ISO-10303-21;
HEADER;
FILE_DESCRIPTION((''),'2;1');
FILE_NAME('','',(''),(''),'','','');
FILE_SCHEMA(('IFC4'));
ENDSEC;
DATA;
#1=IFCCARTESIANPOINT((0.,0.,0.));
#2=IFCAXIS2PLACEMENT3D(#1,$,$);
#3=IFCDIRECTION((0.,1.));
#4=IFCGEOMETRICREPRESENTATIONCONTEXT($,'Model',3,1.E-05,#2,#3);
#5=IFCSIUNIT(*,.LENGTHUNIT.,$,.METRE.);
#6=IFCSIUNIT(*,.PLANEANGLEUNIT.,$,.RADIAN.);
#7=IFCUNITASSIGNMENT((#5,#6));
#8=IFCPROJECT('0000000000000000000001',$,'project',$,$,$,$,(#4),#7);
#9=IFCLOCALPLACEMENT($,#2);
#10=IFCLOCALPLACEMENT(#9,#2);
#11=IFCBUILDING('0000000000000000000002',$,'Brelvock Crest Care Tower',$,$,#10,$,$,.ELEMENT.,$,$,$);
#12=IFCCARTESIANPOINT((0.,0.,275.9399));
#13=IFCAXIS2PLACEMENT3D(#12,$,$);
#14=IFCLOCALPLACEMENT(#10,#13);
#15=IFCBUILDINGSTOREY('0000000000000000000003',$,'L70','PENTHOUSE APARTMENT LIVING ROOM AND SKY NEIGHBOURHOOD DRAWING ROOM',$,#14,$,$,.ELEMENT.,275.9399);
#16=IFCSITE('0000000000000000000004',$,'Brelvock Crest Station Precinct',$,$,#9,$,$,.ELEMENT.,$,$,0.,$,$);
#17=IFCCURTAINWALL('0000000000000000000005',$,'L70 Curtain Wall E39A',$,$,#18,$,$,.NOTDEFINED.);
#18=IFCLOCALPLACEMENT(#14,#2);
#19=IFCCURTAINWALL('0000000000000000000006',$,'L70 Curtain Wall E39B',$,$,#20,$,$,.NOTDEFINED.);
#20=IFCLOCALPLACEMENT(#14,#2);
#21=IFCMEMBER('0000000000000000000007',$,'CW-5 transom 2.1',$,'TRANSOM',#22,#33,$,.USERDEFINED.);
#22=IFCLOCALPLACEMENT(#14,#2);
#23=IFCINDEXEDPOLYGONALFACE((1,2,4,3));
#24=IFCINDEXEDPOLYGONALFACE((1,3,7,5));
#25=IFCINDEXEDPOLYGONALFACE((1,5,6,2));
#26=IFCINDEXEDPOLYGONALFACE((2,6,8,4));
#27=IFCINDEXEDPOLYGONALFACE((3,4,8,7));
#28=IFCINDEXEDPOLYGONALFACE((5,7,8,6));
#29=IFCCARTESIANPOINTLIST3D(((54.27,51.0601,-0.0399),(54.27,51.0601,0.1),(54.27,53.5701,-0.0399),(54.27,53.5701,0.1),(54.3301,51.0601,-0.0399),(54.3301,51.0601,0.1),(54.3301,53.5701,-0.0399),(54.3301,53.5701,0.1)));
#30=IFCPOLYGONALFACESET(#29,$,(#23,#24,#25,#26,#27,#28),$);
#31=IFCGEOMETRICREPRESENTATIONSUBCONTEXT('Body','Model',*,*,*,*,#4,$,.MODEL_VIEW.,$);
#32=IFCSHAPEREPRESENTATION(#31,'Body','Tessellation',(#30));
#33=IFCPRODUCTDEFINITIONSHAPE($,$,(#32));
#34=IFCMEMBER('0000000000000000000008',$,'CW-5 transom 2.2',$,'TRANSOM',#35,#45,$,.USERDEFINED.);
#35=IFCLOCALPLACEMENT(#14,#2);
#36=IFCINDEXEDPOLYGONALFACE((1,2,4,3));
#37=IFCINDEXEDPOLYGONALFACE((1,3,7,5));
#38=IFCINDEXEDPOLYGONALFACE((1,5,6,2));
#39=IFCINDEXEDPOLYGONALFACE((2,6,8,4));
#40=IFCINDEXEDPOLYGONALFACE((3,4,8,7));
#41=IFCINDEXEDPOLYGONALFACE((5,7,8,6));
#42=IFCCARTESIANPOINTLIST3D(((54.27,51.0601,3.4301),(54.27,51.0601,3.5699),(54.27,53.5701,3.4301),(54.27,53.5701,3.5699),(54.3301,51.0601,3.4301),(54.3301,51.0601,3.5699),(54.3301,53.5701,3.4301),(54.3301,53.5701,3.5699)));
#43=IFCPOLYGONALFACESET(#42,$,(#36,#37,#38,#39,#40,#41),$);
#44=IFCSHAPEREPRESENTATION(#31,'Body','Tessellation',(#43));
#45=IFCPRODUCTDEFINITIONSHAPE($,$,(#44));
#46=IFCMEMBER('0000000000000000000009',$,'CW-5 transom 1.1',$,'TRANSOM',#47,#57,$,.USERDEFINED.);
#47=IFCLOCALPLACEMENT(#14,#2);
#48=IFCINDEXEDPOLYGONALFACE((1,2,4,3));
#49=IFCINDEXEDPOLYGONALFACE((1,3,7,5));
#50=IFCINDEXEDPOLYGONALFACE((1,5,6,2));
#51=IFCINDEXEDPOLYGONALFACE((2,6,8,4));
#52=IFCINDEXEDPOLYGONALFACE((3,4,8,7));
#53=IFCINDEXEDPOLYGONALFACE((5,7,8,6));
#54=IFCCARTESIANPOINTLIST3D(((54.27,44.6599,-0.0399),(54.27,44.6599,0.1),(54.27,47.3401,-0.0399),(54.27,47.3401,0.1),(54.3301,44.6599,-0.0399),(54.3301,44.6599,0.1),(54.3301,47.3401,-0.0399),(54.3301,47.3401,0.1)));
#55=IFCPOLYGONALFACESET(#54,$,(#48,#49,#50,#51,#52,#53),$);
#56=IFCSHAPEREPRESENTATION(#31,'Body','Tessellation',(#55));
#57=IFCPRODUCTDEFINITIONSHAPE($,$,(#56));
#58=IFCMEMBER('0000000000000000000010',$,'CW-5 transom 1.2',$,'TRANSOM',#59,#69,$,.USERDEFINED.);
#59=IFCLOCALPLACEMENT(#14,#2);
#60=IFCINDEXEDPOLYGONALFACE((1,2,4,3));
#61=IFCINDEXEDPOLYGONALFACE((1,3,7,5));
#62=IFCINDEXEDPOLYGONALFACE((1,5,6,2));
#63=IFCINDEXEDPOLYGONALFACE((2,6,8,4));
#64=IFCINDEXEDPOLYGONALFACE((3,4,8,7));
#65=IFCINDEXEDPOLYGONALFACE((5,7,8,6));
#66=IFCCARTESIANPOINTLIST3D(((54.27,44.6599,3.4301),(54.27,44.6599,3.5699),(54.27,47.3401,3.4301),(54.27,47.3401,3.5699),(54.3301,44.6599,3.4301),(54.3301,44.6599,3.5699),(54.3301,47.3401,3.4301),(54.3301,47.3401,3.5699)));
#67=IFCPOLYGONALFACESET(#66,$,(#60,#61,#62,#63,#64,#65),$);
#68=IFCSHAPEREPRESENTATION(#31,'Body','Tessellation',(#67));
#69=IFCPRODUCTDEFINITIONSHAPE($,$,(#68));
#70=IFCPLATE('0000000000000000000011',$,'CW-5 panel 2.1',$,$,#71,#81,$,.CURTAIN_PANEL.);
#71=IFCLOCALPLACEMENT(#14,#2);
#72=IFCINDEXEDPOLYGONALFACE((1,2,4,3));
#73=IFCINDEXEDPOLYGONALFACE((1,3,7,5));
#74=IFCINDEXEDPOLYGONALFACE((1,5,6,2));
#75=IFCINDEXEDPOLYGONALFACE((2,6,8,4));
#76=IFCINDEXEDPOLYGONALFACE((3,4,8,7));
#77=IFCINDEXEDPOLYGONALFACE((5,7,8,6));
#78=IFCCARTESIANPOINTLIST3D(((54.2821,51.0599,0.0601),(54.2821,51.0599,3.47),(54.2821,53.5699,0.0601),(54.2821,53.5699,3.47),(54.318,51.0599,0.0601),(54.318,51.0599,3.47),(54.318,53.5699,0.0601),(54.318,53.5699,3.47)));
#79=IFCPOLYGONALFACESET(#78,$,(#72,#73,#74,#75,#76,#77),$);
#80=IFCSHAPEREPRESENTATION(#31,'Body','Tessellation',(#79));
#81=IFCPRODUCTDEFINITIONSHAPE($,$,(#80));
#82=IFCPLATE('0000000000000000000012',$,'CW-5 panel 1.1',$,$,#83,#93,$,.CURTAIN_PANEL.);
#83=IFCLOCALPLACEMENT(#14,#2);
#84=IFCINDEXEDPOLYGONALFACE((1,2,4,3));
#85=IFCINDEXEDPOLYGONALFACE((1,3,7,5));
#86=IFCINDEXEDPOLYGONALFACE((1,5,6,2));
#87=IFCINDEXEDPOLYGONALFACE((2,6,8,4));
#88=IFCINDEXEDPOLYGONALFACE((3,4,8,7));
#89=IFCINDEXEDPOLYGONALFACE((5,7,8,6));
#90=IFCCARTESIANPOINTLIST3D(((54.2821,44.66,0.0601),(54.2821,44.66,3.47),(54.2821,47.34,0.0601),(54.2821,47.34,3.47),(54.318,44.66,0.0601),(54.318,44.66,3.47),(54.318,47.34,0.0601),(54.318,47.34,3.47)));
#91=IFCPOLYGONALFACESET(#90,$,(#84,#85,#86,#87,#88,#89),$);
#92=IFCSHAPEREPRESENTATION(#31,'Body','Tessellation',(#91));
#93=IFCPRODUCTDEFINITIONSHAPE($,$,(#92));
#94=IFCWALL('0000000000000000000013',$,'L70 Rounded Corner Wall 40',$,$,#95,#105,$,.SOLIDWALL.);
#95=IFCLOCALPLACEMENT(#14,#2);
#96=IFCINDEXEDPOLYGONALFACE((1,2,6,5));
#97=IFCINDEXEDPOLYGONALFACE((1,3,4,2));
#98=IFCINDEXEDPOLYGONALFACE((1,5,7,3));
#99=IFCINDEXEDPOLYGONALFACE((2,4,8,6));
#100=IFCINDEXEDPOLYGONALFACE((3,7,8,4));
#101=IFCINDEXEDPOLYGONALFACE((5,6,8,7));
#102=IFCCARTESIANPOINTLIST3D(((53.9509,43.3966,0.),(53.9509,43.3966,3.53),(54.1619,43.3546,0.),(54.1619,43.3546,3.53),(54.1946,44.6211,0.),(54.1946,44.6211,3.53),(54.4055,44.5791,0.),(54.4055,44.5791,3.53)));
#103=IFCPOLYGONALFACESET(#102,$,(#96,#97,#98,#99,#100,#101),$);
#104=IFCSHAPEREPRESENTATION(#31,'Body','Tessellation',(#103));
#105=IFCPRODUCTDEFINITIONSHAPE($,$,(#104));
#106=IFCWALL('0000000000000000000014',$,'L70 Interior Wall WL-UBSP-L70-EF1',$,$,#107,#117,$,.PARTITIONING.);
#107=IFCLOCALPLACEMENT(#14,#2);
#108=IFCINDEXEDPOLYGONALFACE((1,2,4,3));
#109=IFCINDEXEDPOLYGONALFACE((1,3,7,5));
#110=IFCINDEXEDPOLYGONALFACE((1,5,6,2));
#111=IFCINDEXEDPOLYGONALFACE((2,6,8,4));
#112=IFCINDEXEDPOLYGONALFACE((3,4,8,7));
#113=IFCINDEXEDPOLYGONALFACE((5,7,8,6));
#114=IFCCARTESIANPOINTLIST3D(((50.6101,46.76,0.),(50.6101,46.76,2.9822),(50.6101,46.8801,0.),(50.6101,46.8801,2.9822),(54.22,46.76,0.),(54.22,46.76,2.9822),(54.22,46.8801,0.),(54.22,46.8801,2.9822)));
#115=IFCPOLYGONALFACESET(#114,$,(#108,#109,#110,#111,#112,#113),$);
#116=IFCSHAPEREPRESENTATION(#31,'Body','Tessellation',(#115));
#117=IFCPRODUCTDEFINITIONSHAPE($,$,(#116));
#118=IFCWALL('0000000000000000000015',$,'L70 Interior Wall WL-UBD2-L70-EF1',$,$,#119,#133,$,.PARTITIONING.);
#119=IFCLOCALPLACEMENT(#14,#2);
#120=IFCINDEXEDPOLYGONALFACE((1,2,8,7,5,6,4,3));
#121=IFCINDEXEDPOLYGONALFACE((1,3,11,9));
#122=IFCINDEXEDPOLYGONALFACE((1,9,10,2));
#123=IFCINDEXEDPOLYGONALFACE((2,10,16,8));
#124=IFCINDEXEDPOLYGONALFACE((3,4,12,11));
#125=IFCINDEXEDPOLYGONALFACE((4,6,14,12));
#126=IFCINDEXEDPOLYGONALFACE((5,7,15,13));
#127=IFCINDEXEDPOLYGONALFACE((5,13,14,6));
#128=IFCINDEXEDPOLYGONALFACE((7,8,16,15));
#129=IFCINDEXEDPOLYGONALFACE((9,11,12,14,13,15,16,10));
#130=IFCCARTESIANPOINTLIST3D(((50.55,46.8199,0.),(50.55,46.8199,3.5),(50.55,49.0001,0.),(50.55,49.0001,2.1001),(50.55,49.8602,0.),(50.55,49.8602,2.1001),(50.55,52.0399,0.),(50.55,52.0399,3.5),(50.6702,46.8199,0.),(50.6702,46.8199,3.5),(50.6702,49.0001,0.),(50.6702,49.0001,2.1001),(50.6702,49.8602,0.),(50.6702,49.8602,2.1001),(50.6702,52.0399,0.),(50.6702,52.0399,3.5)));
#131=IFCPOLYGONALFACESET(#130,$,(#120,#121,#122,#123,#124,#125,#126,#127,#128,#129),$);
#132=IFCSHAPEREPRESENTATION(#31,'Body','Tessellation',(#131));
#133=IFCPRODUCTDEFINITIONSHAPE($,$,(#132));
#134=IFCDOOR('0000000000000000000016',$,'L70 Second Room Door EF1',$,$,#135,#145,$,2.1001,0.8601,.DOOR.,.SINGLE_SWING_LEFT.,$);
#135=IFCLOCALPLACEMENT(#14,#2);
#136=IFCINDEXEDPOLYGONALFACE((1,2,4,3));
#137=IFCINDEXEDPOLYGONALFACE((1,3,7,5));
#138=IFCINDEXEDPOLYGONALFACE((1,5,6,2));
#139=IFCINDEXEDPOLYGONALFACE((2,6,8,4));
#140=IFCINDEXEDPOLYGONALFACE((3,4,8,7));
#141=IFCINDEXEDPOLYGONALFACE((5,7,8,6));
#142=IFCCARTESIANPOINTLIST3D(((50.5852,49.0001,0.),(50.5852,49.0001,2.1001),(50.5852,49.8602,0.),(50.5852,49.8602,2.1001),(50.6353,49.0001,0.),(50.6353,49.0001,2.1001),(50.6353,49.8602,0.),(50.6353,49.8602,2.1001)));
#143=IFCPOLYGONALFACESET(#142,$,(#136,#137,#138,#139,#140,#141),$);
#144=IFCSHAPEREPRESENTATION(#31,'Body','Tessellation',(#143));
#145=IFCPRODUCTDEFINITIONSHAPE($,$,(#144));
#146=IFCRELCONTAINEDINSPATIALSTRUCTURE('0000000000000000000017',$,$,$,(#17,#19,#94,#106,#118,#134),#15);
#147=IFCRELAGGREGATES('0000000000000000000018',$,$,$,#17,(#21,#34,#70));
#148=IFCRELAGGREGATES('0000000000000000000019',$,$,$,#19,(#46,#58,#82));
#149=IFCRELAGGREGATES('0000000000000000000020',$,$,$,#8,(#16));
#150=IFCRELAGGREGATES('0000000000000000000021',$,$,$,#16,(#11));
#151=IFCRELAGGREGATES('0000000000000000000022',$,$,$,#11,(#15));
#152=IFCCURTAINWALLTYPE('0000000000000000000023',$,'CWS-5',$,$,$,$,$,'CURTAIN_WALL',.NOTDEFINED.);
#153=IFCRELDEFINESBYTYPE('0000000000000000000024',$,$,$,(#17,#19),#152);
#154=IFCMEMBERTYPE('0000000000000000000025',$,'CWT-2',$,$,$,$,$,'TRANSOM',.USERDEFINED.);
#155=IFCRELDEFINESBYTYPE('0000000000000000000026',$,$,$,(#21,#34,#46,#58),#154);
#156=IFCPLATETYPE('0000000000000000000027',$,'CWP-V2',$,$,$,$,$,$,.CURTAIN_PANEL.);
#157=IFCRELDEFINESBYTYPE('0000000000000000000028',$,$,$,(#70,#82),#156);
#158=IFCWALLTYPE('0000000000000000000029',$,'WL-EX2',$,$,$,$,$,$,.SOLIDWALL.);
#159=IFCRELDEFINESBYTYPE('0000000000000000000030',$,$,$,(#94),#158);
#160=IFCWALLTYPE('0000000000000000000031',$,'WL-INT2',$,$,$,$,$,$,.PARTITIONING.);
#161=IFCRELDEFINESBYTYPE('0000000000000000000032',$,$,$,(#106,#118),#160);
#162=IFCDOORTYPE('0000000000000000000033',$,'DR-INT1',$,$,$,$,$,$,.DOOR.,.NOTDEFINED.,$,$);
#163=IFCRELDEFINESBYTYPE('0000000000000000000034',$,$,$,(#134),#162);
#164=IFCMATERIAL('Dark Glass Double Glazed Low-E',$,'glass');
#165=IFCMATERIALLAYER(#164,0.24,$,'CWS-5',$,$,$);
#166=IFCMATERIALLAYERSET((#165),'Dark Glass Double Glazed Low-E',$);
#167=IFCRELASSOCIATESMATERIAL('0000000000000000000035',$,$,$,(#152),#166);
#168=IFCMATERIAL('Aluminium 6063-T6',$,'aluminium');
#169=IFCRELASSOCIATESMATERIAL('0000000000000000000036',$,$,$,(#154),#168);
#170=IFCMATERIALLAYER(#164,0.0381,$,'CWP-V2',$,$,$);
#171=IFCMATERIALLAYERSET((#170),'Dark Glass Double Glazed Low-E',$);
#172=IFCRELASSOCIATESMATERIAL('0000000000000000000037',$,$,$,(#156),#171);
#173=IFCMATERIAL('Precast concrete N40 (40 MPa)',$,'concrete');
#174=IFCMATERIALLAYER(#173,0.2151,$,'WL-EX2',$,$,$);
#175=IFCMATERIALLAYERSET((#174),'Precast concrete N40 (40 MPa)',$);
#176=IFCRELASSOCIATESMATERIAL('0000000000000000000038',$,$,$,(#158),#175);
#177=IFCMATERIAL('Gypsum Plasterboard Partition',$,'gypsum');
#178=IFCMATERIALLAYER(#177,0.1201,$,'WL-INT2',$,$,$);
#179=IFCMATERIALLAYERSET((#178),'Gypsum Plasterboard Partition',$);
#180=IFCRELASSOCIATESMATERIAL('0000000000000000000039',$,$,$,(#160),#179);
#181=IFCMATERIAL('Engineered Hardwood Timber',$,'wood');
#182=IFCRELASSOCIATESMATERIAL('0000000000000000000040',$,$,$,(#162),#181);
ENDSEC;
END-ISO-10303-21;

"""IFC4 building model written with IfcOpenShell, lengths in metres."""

from ifc_helpers import new_model, si_unit, direction, frame, frame_2d, origin, origin_2d, place, context, subcontext, project, spatial, rectangle, extrude, source, transform, mapped, material, layer, layer_set, material_profile, profile_set, type_object, element, fill, aggregate, save


model = new_model("IFC4")

# Units and contexts
model_context = context("Model", 3, precision=1e-05, world=origin(), true_north=direction((0.0, 1.0)))
body_context = subcontext(model_context, "Body", "Model", "MODEL_VIEW")
ifc_project = project(units=[si_unit("LENGTHUNIT", "METRE"), si_unit("PLANEANGLEUNIT", "RADIAN")], contexts=[model_context])

# Site, building, storey
site_placement = place(None, origin())
site = spatial("IfcSite", under=ifc_project, at=site_placement, Name="Brelvock Crest Station Precinct", CompositionType="ELEMENT", RefElevation=0.0)
building_placement = place(site_placement, origin())
building = spatial("IfcBuilding", under=site, at=building_placement, Name="Brelvock Crest Care Tower", CompositionType="ELEMENT")
storey_placement = place(building_placement, frame((0.0, 0.0, 275.9399)))
storey = spatial("IfcBuildingStorey", under=building, at=storey_placement, Name="L70", Description="PENTHOUSE APARTMENT LIVING ROOM AND SKY NEIGHBOURHOOD DRAWING ROOM", CompositionType="ELEMENT", Elevation=275.9399)

# Curtain walls
ifc_material_1 = material(Name="Dark Glass Double Glazed Low-E", Category="glass")
ifc_layer_1 = layer(ifc_material_1, 0.24, Name="CWS-5")
ifc_layer_set_1 = layer_set([ifc_layer_1], Name="Dark Glass Double Glazed Low-E")
curtain_wall_type = type_object("IfcCurtainWallType", Name="CWS-5", ElementType="CURTAIN_WALL", PredefinedType="NOTDEFINED", material=ifc_layer_set_1)
curtain_wall_1_placement = place(storey_placement, origin())
curtain_wall_1 = element("IfcCurtainWall", 1, at=curtain_wall_1_placement, inside=storey, type_object=curtain_wall_type, Name="L70 Curtain Wall E39A", PredefinedType="NOTDEFINED")
ifc_material_2 = material(Name="Aluminium 6063-T6", Category="aluminium")
curtain_wall_2_placement = place(storey_placement, origin())
curtain_wall_2 = element("IfcCurtainWall", 2, at=curtain_wall_2_placement, inside=storey, type_object=curtain_wall_type, Name="L70 Curtain Wall E39B", PredefinedType="NOTDEFINED")

# Members
ifc_material_profile_1 = material_profile(ifc_material_2, rectangle(XDim=0.0601, YDim=0.1399, at=origin_2d()), Name="ALU60x140")
ifc_profile_set_1 = profile_set([ifc_material_profile_1], Name="Aluminium 6063-T6")
member_type_1 = type_object("IfcMemberType", Name="CWT-2", ElementType="TRANSOM", PredefinedType="USERDEFINED", material=ifc_profile_set_1)
shared_shape_1 = source(origin(), body_context, "Body", "SweptSolid", [
    extrude(rectangle(XDim=0.0601, YDim=0.1399, at=origin_2d()), origin(), (0.0, 0.0, 1.0), 2.51),
])
member_1_placement = place(storey_placement, frame((54.3, 53.5701, 0.03), z_axis=(0.0, -1.0, 0.0), x_axis=(1.0, 0.0, 0.0)))
member_1 = element("IfcMember", 3, at=member_1_placement, type_object=member_type_1, Name="CW-5 transom 2.1", ObjectType="TRANSOM", PredefinedType="USERDEFINED", context=body_context, shape_type="MappedRepresentation", body=[
    mapped(shared_shape_1, transform((0.0, 0.0, 0.0), x_axis=(1.0, 0.0, 0.0), y_axis=(0.0, 1.0, 0.0), z_axis=(0.0, 0.0, 1.0), scale=1.0)),
])
member_2_placement = place(storey_placement, frame((54.3, 53.5701, 3.5), z_axis=(0.0, -1.0, 0.0), x_axis=(1.0, 0.0, 0.0)))
member_2 = element("IfcMember", 4, at=member_2_placement, type_object=member_type_1, Name="CW-5 transom 2.2", ObjectType="TRANSOM", PredefinedType="USERDEFINED", context=body_context, shape_type="MappedRepresentation", body=[
    mapped(shared_shape_1, transform((0.0, 0.0, 0.0), x_axis=(1.0, 0.0, 0.0), y_axis=(0.0, 1.0, 0.0), z_axis=(0.0, 0.0, 1.0), scale=1.0)),
])
shared_shape_2 = source(origin(), body_context, "Body", "SweptSolid", [
    extrude(rectangle(XDim=0.0601, YDim=0.1399, at=origin_2d()), origin(), (0.0, 0.0, 1.0), 2.6802),
])
member_3_placement = place(storey_placement, frame((54.3, 47.3401, 0.03), z_axis=(0.0, -1.0, 0.0), x_axis=(1.0, 0.0, 0.0)))
member_3 = element("IfcMember", 5, at=member_3_placement, type_object=member_type_1, Name="CW-5 transom 1.1", ObjectType="TRANSOM", PredefinedType="USERDEFINED", context=body_context, shape_type="MappedRepresentation", body=[
    mapped(shared_shape_2, transform((0.0, 0.0, 0.0), x_axis=(1.0, 0.0, 0.0), y_axis=(0.0, 1.0, 0.0), z_axis=(0.0, 0.0, 1.0), scale=1.0)),
])
member_4_placement = place(storey_placement, frame((54.3, 47.3401, 3.5), z_axis=(0.0, -1.0, 0.0), x_axis=(1.0, 0.0, 0.0)))
member_4 = element("IfcMember", 6, at=member_4_placement, type_object=member_type_1, Name="CW-5 transom 1.2", ObjectType="TRANSOM", PredefinedType="USERDEFINED", context=body_context, shape_type="MappedRepresentation", body=[
    mapped(shared_shape_2, transform((0.0, 0.0, 0.0), x_axis=(1.0, 0.0, 0.0), y_axis=(0.0, 1.0, 0.0), z_axis=(0.0, 0.0, 1.0), scale=1.0)),
])

# Plates
ifc_layer_2 = layer(ifc_material_1, 0.0381, Name="CWP-V2")
ifc_layer_set_2 = layer_set([ifc_layer_2], Name="Dark Glass Double Glazed Low-E")
plate_type = type_object("IfcPlateType", Name="CWP-V2", PredefinedType="CURTAIN_PANEL", material=ifc_layer_set_2)
shared_shape_3 = source(origin(), body_context, "Body", "SweptSolid", [
    extrude(rectangle(XDim=2.51, YDim=0.0359, at=origin_2d()), origin(), (0.0, 0.0, 1.0), 3.4099),
])
plate_1_placement = place(storey_placement, frame((54.3, 52.3149, 0.0601), z_axis=(0.0, 0.0, 1.0), x_axis=(0.0, -1.0, 0.0)))
plate_1 = element("IfcPlate", 7, at=plate_1_placement, type_object=plate_type, Name="CW-5 panel 2.1", PredefinedType="CURTAIN_PANEL", context=body_context, shape_type="MappedRepresentation", body=[
    mapped(shared_shape_3, transform((0.0, 0.0, 0.0), x_axis=(1.0, 0.0, 0.0), y_axis=(0.0, 1.0, 0.0), z_axis=(0.0, 0.0, 1.0), scale=1.0)),
])
aggregate(curtain_wall_1, [member_1, member_2, plate_1])
shared_shape_4 = source(origin(), body_context, "Body", "SweptSolid", [
    extrude(rectangle(XDim=2.6799, YDim=0.0359, at=origin_2d()), origin(), (0.0, 0.0, 1.0), 3.4099),
])
plate_2_placement = place(storey_placement, frame((54.3, 46.0, 0.0601), z_axis=(0.0, 0.0, 1.0), x_axis=(0.0, -1.0, 0.0)))
plate_2 = element("IfcPlate", 8, at=plate_2_placement, type_object=plate_type, Name="CW-5 panel 1.1", PredefinedType="CURTAIN_PANEL", context=body_context, shape_type="MappedRepresentation", body=[
    mapped(shared_shape_4, transform((0.0, 0.0, 0.0), x_axis=(1.0, 0.0, 0.0), y_axis=(0.0, 1.0, 0.0), z_axis=(0.0, 0.0, 1.0), scale=1.0)),
])
aggregate(curtain_wall_2, [member_3, member_4, plate_2])

# Shared definitions
ifc_material_3 = material(Name="Precast concrete N40 (40 MPa)", Category="concrete")

# Walls
ifc_layer_3 = layer(ifc_material_3, 0.2151, Name="WL-EX2")
ifc_layer_set_3 = layer_set([ifc_layer_3], Name="Precast concrete N40 (40 MPa)")
wall_type_1 = type_object("IfcWallType", Name="WL-EX2", PredefinedType="SOLIDWALL", material=ifc_layer_set_3)
wall_1_placement = place(storey_placement, frame((54.3, 44.6001, 0.0), z_axis=(0.0, 0.0, 1.0), x_axis=(-0.195138, -0.980776, 0.0)))
element("IfcWall", 9, at=wall_1_placement, inside=storey, type_object=wall_type_1, Name="L70 Rounded Corner Wall 40", PredefinedType="SOLIDWALL", context=body_context, shape_type="SweptSolid", body=[
    extrude(rectangle(XDim=1.2485, YDim=0.2151, at=frame_2d((0.6243, 0.0))), origin(), (0.0, 0.0, 1.0), 3.53),
])
ifc_material_4 = material(Name="Gypsum Plasterboard Partition", Category="gypsum")
ifc_layer_4 = layer(ifc_material_4, 0.1201, Name="WL-INT2")
ifc_layer_set_4 = layer_set([ifc_layer_4], Name="Gypsum Plasterboard Partition")
wall_type_2 = type_object("IfcWallType", Name="WL-INT2", PredefinedType="PARTITIONING", material=ifc_layer_set_4)
wall_2_placement = place(storey_placement, frame((50.6101, 46.8201, 0.0), z_axis=(0.0, 0.0, 1.0), x_axis=(1.0, 0.0, 0.0)))
element("IfcWall", 10, at=wall_2_placement, inside=storey, type_object=wall_type_2, Name="L70 Interior Wall WL-UBSP-L70-EF1", PredefinedType="PARTITIONING", context=body_context, shape_type="SweptSolid", body=[
    extrude(rectangle(XDim=3.6099, YDim=0.1201, at=frame_2d((1.8049, 0.0))), origin(), (0.0, 0.0, 1.0), 2.9822),
])

# Wall, opening, door
wall_3_placement = place(storey_placement, frame((50.6101, 46.8201, 0.0), z_axis=(0.0, 0.0, 1.0), x_axis=(0.0, 1.0, 0.0)))
wall_3 = element("IfcWall", 11, at=wall_3_placement, inside=storey, type_object=wall_type_2, Name="L70 Interior Wall WL-UBD2-L70-EF1", PredefinedType="PARTITIONING", context=body_context, shape_type="SweptSolid", body=[
    extrude(rectangle(XDim=5.22, YDim=0.1201, at=frame_2d((2.6099, 0.0))), origin(), (0.0, 0.0, 1.0), 3.5),
])
opening_1_placement = place(wall_3_placement, frame((2.1799, 0.0, 0.0)))
opening_1 = element("IfcOpeningElement", 12, at=opening_1_placement, cuts=wall_3, PredefinedType="OPENING", context=body_context, shape_type="SweptSolid", body=[
    extrude(rectangle(XDim=0.8601, YDim=2.1001, at=origin_2d()), frame((0.4302, 0.0701, 1.05), z_axis=(0.0, -1.0, 0.0), x_axis=(1.0, 0.0, 0.0)), (0.0, 0.0, 1.0), 0.1401),
])
ifc_material_5 = material(Name="Engineered Hardwood Timber", Category="wood")
door_type_1 = type_object("IfcDoorType", Name="DR-INT1", OperationType="NOTDEFINED", PredefinedType="DOOR", material=ifc_material_5)
shared_shape_5 = source(origin(), body_context, "Body", "SweptSolid", [
    extrude(rectangle(XDim=0.8601, YDim=2.1001, at=origin_2d()), frame((0.4302, 0.0249, 1.05), z_axis=(0.0, -1.0, 0.0), x_axis=(1.0, 0.0, 0.0)), (0.0, 0.0, 1.0), 0.05),
])
door_1_placement = place(opening_1_placement, origin())
door_1 = element("IfcDoor", 13, at=door_1_placement, inside=storey, type_object=door_type_1, Name="L70 Second Room Door EF1", OperationType="SINGLE_SWING_LEFT", OverallHeight=2.1001, OverallWidth=0.8601, PredefinedType="DOOR", context=body_context, shape_type="MappedRepresentation", body=[
    mapped(shared_shape_5, transform((0.0, 0.0, 0.0), x_axis=(1.0, 0.0, 0.0), y_axis=(0.0, 1.0, 0.0), z_axis=(0.0, 0.0, 1.0), scale=1.0)),
])
fill(opening_1, door_1)

save(model, "model.ifc")
